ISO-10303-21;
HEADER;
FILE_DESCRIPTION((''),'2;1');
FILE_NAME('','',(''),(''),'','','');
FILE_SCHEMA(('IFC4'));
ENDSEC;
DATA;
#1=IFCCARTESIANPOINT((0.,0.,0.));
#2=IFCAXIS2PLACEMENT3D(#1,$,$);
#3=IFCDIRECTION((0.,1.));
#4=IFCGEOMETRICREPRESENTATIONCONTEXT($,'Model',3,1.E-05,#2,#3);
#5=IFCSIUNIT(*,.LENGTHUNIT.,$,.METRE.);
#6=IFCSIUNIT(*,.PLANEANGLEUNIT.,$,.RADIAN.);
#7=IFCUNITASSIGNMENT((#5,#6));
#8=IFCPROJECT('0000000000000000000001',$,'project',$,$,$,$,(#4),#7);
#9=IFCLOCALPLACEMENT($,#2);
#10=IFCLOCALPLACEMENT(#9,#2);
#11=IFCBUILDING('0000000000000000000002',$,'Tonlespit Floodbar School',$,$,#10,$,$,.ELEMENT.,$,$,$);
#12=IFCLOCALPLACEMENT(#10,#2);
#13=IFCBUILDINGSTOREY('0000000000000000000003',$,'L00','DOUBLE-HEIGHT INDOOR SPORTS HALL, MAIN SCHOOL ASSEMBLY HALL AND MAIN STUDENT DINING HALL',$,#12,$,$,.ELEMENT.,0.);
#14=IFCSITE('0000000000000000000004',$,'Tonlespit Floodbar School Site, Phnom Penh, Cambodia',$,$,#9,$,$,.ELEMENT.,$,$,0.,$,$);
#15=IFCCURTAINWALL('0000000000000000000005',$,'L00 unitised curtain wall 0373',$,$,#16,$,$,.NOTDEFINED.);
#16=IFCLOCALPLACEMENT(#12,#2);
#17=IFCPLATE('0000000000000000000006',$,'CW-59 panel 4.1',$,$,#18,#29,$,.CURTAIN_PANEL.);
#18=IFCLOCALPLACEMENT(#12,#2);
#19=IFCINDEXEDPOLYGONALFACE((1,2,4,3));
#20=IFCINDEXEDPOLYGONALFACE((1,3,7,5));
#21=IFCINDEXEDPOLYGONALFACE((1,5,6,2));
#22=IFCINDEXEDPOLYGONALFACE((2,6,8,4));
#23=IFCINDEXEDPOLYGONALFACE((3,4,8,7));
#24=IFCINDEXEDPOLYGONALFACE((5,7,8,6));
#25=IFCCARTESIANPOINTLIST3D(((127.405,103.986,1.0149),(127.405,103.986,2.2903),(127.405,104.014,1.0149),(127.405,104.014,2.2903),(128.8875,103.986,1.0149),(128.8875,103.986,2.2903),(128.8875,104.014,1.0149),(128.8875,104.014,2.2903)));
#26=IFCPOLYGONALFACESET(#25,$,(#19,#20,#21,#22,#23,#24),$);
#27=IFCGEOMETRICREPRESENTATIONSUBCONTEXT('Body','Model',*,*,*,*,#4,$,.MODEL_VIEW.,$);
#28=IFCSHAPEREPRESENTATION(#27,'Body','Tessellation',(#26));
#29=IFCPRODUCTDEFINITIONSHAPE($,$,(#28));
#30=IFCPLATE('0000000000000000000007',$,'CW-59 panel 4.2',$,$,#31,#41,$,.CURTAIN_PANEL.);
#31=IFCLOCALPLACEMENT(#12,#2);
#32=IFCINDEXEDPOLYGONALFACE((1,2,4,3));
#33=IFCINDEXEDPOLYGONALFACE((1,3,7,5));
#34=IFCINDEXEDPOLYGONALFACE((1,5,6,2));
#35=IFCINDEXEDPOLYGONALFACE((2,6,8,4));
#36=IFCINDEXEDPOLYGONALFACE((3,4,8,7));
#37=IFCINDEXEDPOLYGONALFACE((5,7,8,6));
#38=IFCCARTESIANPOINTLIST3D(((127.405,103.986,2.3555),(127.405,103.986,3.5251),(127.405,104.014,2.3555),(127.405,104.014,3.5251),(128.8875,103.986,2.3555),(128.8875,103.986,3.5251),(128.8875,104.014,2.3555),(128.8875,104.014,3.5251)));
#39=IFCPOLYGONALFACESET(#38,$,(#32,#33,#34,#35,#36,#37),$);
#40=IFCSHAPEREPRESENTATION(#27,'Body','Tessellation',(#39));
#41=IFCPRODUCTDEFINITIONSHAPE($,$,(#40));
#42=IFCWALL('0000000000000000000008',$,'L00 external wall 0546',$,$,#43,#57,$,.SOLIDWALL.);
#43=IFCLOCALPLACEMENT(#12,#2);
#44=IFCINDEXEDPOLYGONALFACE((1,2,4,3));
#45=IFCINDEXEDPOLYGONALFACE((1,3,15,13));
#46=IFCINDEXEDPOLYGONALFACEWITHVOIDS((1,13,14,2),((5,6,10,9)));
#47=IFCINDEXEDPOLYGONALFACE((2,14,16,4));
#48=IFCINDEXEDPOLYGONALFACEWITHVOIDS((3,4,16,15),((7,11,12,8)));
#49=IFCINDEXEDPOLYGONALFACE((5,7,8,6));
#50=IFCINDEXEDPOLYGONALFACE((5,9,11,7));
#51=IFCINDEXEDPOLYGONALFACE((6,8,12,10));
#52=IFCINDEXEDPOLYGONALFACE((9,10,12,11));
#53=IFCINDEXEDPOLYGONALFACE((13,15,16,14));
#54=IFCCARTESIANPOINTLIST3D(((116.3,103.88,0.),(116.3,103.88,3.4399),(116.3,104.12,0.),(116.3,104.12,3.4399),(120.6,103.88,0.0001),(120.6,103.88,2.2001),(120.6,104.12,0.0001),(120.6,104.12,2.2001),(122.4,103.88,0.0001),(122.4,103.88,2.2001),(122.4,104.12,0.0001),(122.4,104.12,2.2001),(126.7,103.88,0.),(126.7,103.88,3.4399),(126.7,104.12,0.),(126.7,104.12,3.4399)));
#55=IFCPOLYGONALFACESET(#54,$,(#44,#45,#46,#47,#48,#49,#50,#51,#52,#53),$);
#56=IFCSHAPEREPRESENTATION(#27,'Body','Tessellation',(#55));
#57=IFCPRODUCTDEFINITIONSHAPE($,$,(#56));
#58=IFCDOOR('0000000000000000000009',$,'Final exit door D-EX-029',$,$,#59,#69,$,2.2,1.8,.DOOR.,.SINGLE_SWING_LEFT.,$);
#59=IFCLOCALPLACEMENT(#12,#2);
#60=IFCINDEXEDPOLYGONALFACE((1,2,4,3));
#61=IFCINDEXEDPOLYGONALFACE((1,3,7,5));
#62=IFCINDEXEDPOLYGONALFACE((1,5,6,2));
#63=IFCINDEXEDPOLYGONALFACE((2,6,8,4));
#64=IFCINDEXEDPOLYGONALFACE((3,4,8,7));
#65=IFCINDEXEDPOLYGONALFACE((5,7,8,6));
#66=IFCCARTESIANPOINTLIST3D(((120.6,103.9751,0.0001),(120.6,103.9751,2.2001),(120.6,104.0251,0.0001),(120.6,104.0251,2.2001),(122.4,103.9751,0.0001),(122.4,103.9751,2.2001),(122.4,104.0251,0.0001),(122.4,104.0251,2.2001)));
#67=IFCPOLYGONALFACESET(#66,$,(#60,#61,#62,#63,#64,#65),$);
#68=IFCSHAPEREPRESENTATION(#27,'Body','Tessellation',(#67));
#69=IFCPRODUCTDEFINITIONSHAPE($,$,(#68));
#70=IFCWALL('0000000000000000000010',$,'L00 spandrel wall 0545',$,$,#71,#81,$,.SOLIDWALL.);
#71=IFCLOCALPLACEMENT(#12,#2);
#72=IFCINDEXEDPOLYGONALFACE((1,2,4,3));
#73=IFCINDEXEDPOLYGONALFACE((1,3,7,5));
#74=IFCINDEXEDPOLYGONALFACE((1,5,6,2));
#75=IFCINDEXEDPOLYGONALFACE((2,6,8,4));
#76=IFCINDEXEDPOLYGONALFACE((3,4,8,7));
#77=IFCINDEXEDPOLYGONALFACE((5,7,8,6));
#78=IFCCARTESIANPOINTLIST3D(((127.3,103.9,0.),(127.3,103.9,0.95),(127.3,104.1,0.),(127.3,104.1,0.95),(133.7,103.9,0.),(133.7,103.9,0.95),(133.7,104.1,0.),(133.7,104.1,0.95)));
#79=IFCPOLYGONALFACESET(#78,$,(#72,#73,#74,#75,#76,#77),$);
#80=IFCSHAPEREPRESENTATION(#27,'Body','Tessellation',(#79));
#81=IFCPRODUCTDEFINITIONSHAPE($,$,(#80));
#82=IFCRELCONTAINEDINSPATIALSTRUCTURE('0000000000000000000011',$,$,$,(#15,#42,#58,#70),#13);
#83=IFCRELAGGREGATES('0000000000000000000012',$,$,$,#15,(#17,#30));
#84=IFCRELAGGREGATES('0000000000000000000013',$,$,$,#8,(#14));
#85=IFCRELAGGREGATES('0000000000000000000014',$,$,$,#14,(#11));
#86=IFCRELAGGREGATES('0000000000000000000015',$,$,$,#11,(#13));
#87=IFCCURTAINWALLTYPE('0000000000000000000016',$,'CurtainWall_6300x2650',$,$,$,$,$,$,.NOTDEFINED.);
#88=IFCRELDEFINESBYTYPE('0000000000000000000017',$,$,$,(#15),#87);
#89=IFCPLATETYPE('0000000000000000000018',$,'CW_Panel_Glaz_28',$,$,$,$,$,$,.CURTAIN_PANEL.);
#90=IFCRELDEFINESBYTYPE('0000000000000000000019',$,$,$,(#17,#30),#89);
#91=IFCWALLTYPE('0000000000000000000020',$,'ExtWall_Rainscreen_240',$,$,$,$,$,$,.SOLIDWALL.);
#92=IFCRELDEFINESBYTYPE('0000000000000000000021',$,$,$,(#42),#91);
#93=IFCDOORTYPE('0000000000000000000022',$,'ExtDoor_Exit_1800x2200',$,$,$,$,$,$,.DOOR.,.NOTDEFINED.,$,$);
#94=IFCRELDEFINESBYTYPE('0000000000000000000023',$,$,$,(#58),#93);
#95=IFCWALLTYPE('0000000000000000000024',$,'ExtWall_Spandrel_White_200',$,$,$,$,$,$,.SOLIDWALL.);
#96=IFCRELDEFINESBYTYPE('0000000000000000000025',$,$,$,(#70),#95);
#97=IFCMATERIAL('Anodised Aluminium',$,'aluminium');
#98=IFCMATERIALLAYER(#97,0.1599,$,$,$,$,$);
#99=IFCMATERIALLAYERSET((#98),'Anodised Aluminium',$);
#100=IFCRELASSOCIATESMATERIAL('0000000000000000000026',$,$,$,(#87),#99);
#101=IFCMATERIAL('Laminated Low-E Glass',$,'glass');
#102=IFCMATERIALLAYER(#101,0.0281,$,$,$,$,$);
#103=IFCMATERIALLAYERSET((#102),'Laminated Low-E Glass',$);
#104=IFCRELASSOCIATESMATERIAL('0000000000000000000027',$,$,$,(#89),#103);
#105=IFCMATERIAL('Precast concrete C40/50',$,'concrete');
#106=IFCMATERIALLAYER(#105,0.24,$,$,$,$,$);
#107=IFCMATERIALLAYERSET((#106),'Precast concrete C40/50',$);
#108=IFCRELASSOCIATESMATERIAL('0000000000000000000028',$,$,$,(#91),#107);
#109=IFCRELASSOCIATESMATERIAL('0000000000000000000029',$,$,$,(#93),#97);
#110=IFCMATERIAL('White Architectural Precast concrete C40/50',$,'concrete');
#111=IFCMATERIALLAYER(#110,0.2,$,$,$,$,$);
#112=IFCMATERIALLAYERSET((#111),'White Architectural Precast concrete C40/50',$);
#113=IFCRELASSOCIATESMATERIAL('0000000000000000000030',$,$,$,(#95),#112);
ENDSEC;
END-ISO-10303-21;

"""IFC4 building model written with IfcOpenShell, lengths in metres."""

from ifc_helpers import new_model, si_unit, direction, frame, frame_2d, origin, origin_2d, place, context, subcontext, project, spatial, rectangle, extrude, material, layer, layer_set, type_object, element, fill, aggregate, save


model = new_model("IFC4")

# Units and contexts
model_context = context("Model", 3, precision=1e-05, world=origin(), true_north=direction((0.0, 1.0)))
body_context = subcontext(model_context, "Body", "Model", "MODEL_VIEW")
ifc_project = project(units=[si_unit("LENGTHUNIT", "METRE"), si_unit("PLANEANGLEUNIT", "RADIAN")], contexts=[model_context])

# Site, building, storey
site_placement = place(None, origin())
site = spatial("IfcSite", under=ifc_project, at=site_placement, Name="Tonlespit Floodbar School Site, Phnom Penh, Cambodia", CompositionType="ELEMENT", RefElevation=0.0)
building_placement = place(site_placement, origin())
building = spatial("IfcBuilding", under=site, at=building_placement, Name="Tonlespit Floodbar School", CompositionType="ELEMENT")
storey_placement = place(building_placement, origin())
storey = spatial("IfcBuildingStorey", under=building, at=storey_placement, Name="L00", Description="DOUBLE-HEIGHT INDOOR SPORTS HALL, MAIN SCHOOL ASSEMBLY HALL AND MAIN STUDENT DINING HALL", CompositionType="ELEMENT", Elevation=0.0)

# Curtain wall, plates
ifc_material_1 = material(Name="Anodised Aluminium", Category="aluminium")
ifc_layer_1 = layer(ifc_material_1, 0.1599)
ifc_layer_set_1 = layer_set([ifc_layer_1], Name="Anodised Aluminium")
curtain_wall_type = type_object("IfcCurtainWallType", Name="CurtainWall_6300x2650", PredefinedType="NOTDEFINED", material=ifc_layer_set_1)
curtain_wall_placement = place(storey_placement, origin())
curtain_wall = element("IfcCurtainWall", 1, at=curtain_wall_placement, inside=storey, type_object=curtain_wall_type, Name="L00 unitised curtain wall 0373", PredefinedType="NOTDEFINED")
ifc_material_2 = material(Name="Laminated Low-E Glass", Category="glass")
ifc_layer_2 = layer(ifc_material_2, 0.0281)
ifc_layer_set_2 = layer_set([ifc_layer_2], Name="Laminated Low-E Glass")
plate_type = type_object("IfcPlateType", Name="CW_Panel_Glaz_28", PredefinedType="CURTAIN_PANEL", material=ifc_layer_set_2)
plate_1_placement = place(storey_placement, frame((128.1462, 104.0, 1.0149), z_axis=(0.0, 0.0, 1.0), x_axis=(-1.0, 0.0, 0.0)))
plate_1 = element("IfcPlate", 2, at=plate_1_placement, type_object=plate_type, Name="CW-59 panel 4.1", PredefinedType="CURTAIN_PANEL", context=body_context, shape_type="SweptSolid", body=[
    extrude(rectangle(XDim=1.4824, YDim=0.0281, at=origin_2d()), origin(), (0.0, 0.0, 1.0), 1.2754),
])
plate_2_placement = place(storey_placement, frame((128.1462, 104.0, 2.3555), z_axis=(0.0, 0.0, 1.0), x_axis=(-1.0, 0.0, 0.0)))
plate_2 = element("IfcPlate", 3, at=plate_2_placement, type_object=plate_type, Name="CW-59 panel 4.2", PredefinedType="CURTAIN_PANEL", context=body_context, shape_type="SweptSolid", body=[
    extrude(rectangle(XDim=1.4824, YDim=0.0281, at=origin_2d()), origin(), (0.0, 0.0, 1.0), 1.1697),
])
aggregate(curtain_wall, [plate_1, plate_2])

# Wall, opening, door
ifc_material_3 = material(Name="Precast concrete C40/50", Category="concrete")
ifc_layer_3 = layer(ifc_material_3, 0.24)
ifc_layer_set_3 = layer_set([ifc_layer_3], Name="Precast concrete C40/50")
wall_type_1 = type_object("IfcWallType", Name="ExtWall_Rainscreen_240", PredefinedType="SOLIDWALL", material=ifc_layer_set_3)
wall_1_placement = place(storey_placement, frame((126.7, 104.0, 0.0), z_axis=(0.0, 0.0, 1.0), x_axis=(-1.0, 0.0, 0.0)))
wall_1 = element("IfcWall", 4, at=wall_1_placement, inside=storey, type_object=wall_type_1, Name="L00 external wall 0546", PredefinedType="SOLIDWALL", context=body_context, shape_type="SweptSolid", body=[
    extrude(rectangle(XDim=10.3999, YDim=0.24, at=frame_2d((5.2, 0.0))), origin(), (0.0, 0.0, 1.0), 3.4399),
])
opening_placement = place(wall_1_placement, frame((4.3, 0.0, 0.0)))
opening = element("IfcOpeningElement", 5, at=opening_placement, cuts=wall_1, PredefinedType="OPENING", context=body_context, shape_type="SweptSolid", body=[
    extrude(rectangle(XDim=1.8, YDim=2.2, at=frame_2d((0.8999, 1.1001))), frame((0.0, 0.1299, 0.0), z_axis=(0.0, -1.0, 0.0), x_axis=(1.0, 0.0, 0.0)), (0.0, 0.0, 1.0), 0.26),
])
door_type = type_object("IfcDoorType", Name="ExtDoor_Exit_1800x2200", OperationType="NOTDEFINED", PredefinedType="DOOR", material=ifc_material_1)
door_placement = place(opening_placement, origin())
door = element("IfcDoor", 6, at=door_placement, inside=storey, type_object=door_type, Name="Final exit door D-EX-029", OperationType="SINGLE_SWING_LEFT", OverallHeight=2.2, OverallWidth=1.8, PredefinedType="DOOR", context=body_context, shape_type="SweptSolid", body=[
    extrude(rectangle(XDim=1.8, YDim=2.2, at=frame_2d((0.8999, 1.1001))), frame((0.0, 0.0249, 0.0), z_axis=(0.0, -1.0, 0.0), x_axis=(1.0, 0.0, 0.0)), (0.0, 0.0, 1.0), 0.05),
])
fill(opening, door)

# Wall
ifc_material_4 = material(Name="White Architectural Precast concrete C40/50", Category="concrete")
ifc_layer_4 = layer(ifc_material_4, 0.2)
ifc_layer_set_4 = layer_set([ifc_layer_4], Name="White Architectural Precast concrete C40/50")
wall_type_2 = type_object("IfcWallType", Name="ExtWall_Spandrel_White_200", PredefinedType="SOLIDWALL", material=ifc_layer_set_4)
wall_2_placement = place(storey_placement, frame((133.7, 104.0, 0.0), z_axis=(0.0, 0.0, 1.0), x_axis=(-1.0, 0.0, 0.0)))
element("IfcWall", 7, at=wall_2_placement, inside=storey, type_object=wall_type_2, Name="L00 spandrel wall 0545", PredefinedType="SOLIDWALL", context=body_context, shape_type="SweptSolid", body=[
    extrude(rectangle(XDim=6.3999, YDim=0.2, at=frame_2d((3.2, 0.0))), origin(), (0.0, 0.0, 1.0), 0.95),
])

save(model, "model.ifc")
